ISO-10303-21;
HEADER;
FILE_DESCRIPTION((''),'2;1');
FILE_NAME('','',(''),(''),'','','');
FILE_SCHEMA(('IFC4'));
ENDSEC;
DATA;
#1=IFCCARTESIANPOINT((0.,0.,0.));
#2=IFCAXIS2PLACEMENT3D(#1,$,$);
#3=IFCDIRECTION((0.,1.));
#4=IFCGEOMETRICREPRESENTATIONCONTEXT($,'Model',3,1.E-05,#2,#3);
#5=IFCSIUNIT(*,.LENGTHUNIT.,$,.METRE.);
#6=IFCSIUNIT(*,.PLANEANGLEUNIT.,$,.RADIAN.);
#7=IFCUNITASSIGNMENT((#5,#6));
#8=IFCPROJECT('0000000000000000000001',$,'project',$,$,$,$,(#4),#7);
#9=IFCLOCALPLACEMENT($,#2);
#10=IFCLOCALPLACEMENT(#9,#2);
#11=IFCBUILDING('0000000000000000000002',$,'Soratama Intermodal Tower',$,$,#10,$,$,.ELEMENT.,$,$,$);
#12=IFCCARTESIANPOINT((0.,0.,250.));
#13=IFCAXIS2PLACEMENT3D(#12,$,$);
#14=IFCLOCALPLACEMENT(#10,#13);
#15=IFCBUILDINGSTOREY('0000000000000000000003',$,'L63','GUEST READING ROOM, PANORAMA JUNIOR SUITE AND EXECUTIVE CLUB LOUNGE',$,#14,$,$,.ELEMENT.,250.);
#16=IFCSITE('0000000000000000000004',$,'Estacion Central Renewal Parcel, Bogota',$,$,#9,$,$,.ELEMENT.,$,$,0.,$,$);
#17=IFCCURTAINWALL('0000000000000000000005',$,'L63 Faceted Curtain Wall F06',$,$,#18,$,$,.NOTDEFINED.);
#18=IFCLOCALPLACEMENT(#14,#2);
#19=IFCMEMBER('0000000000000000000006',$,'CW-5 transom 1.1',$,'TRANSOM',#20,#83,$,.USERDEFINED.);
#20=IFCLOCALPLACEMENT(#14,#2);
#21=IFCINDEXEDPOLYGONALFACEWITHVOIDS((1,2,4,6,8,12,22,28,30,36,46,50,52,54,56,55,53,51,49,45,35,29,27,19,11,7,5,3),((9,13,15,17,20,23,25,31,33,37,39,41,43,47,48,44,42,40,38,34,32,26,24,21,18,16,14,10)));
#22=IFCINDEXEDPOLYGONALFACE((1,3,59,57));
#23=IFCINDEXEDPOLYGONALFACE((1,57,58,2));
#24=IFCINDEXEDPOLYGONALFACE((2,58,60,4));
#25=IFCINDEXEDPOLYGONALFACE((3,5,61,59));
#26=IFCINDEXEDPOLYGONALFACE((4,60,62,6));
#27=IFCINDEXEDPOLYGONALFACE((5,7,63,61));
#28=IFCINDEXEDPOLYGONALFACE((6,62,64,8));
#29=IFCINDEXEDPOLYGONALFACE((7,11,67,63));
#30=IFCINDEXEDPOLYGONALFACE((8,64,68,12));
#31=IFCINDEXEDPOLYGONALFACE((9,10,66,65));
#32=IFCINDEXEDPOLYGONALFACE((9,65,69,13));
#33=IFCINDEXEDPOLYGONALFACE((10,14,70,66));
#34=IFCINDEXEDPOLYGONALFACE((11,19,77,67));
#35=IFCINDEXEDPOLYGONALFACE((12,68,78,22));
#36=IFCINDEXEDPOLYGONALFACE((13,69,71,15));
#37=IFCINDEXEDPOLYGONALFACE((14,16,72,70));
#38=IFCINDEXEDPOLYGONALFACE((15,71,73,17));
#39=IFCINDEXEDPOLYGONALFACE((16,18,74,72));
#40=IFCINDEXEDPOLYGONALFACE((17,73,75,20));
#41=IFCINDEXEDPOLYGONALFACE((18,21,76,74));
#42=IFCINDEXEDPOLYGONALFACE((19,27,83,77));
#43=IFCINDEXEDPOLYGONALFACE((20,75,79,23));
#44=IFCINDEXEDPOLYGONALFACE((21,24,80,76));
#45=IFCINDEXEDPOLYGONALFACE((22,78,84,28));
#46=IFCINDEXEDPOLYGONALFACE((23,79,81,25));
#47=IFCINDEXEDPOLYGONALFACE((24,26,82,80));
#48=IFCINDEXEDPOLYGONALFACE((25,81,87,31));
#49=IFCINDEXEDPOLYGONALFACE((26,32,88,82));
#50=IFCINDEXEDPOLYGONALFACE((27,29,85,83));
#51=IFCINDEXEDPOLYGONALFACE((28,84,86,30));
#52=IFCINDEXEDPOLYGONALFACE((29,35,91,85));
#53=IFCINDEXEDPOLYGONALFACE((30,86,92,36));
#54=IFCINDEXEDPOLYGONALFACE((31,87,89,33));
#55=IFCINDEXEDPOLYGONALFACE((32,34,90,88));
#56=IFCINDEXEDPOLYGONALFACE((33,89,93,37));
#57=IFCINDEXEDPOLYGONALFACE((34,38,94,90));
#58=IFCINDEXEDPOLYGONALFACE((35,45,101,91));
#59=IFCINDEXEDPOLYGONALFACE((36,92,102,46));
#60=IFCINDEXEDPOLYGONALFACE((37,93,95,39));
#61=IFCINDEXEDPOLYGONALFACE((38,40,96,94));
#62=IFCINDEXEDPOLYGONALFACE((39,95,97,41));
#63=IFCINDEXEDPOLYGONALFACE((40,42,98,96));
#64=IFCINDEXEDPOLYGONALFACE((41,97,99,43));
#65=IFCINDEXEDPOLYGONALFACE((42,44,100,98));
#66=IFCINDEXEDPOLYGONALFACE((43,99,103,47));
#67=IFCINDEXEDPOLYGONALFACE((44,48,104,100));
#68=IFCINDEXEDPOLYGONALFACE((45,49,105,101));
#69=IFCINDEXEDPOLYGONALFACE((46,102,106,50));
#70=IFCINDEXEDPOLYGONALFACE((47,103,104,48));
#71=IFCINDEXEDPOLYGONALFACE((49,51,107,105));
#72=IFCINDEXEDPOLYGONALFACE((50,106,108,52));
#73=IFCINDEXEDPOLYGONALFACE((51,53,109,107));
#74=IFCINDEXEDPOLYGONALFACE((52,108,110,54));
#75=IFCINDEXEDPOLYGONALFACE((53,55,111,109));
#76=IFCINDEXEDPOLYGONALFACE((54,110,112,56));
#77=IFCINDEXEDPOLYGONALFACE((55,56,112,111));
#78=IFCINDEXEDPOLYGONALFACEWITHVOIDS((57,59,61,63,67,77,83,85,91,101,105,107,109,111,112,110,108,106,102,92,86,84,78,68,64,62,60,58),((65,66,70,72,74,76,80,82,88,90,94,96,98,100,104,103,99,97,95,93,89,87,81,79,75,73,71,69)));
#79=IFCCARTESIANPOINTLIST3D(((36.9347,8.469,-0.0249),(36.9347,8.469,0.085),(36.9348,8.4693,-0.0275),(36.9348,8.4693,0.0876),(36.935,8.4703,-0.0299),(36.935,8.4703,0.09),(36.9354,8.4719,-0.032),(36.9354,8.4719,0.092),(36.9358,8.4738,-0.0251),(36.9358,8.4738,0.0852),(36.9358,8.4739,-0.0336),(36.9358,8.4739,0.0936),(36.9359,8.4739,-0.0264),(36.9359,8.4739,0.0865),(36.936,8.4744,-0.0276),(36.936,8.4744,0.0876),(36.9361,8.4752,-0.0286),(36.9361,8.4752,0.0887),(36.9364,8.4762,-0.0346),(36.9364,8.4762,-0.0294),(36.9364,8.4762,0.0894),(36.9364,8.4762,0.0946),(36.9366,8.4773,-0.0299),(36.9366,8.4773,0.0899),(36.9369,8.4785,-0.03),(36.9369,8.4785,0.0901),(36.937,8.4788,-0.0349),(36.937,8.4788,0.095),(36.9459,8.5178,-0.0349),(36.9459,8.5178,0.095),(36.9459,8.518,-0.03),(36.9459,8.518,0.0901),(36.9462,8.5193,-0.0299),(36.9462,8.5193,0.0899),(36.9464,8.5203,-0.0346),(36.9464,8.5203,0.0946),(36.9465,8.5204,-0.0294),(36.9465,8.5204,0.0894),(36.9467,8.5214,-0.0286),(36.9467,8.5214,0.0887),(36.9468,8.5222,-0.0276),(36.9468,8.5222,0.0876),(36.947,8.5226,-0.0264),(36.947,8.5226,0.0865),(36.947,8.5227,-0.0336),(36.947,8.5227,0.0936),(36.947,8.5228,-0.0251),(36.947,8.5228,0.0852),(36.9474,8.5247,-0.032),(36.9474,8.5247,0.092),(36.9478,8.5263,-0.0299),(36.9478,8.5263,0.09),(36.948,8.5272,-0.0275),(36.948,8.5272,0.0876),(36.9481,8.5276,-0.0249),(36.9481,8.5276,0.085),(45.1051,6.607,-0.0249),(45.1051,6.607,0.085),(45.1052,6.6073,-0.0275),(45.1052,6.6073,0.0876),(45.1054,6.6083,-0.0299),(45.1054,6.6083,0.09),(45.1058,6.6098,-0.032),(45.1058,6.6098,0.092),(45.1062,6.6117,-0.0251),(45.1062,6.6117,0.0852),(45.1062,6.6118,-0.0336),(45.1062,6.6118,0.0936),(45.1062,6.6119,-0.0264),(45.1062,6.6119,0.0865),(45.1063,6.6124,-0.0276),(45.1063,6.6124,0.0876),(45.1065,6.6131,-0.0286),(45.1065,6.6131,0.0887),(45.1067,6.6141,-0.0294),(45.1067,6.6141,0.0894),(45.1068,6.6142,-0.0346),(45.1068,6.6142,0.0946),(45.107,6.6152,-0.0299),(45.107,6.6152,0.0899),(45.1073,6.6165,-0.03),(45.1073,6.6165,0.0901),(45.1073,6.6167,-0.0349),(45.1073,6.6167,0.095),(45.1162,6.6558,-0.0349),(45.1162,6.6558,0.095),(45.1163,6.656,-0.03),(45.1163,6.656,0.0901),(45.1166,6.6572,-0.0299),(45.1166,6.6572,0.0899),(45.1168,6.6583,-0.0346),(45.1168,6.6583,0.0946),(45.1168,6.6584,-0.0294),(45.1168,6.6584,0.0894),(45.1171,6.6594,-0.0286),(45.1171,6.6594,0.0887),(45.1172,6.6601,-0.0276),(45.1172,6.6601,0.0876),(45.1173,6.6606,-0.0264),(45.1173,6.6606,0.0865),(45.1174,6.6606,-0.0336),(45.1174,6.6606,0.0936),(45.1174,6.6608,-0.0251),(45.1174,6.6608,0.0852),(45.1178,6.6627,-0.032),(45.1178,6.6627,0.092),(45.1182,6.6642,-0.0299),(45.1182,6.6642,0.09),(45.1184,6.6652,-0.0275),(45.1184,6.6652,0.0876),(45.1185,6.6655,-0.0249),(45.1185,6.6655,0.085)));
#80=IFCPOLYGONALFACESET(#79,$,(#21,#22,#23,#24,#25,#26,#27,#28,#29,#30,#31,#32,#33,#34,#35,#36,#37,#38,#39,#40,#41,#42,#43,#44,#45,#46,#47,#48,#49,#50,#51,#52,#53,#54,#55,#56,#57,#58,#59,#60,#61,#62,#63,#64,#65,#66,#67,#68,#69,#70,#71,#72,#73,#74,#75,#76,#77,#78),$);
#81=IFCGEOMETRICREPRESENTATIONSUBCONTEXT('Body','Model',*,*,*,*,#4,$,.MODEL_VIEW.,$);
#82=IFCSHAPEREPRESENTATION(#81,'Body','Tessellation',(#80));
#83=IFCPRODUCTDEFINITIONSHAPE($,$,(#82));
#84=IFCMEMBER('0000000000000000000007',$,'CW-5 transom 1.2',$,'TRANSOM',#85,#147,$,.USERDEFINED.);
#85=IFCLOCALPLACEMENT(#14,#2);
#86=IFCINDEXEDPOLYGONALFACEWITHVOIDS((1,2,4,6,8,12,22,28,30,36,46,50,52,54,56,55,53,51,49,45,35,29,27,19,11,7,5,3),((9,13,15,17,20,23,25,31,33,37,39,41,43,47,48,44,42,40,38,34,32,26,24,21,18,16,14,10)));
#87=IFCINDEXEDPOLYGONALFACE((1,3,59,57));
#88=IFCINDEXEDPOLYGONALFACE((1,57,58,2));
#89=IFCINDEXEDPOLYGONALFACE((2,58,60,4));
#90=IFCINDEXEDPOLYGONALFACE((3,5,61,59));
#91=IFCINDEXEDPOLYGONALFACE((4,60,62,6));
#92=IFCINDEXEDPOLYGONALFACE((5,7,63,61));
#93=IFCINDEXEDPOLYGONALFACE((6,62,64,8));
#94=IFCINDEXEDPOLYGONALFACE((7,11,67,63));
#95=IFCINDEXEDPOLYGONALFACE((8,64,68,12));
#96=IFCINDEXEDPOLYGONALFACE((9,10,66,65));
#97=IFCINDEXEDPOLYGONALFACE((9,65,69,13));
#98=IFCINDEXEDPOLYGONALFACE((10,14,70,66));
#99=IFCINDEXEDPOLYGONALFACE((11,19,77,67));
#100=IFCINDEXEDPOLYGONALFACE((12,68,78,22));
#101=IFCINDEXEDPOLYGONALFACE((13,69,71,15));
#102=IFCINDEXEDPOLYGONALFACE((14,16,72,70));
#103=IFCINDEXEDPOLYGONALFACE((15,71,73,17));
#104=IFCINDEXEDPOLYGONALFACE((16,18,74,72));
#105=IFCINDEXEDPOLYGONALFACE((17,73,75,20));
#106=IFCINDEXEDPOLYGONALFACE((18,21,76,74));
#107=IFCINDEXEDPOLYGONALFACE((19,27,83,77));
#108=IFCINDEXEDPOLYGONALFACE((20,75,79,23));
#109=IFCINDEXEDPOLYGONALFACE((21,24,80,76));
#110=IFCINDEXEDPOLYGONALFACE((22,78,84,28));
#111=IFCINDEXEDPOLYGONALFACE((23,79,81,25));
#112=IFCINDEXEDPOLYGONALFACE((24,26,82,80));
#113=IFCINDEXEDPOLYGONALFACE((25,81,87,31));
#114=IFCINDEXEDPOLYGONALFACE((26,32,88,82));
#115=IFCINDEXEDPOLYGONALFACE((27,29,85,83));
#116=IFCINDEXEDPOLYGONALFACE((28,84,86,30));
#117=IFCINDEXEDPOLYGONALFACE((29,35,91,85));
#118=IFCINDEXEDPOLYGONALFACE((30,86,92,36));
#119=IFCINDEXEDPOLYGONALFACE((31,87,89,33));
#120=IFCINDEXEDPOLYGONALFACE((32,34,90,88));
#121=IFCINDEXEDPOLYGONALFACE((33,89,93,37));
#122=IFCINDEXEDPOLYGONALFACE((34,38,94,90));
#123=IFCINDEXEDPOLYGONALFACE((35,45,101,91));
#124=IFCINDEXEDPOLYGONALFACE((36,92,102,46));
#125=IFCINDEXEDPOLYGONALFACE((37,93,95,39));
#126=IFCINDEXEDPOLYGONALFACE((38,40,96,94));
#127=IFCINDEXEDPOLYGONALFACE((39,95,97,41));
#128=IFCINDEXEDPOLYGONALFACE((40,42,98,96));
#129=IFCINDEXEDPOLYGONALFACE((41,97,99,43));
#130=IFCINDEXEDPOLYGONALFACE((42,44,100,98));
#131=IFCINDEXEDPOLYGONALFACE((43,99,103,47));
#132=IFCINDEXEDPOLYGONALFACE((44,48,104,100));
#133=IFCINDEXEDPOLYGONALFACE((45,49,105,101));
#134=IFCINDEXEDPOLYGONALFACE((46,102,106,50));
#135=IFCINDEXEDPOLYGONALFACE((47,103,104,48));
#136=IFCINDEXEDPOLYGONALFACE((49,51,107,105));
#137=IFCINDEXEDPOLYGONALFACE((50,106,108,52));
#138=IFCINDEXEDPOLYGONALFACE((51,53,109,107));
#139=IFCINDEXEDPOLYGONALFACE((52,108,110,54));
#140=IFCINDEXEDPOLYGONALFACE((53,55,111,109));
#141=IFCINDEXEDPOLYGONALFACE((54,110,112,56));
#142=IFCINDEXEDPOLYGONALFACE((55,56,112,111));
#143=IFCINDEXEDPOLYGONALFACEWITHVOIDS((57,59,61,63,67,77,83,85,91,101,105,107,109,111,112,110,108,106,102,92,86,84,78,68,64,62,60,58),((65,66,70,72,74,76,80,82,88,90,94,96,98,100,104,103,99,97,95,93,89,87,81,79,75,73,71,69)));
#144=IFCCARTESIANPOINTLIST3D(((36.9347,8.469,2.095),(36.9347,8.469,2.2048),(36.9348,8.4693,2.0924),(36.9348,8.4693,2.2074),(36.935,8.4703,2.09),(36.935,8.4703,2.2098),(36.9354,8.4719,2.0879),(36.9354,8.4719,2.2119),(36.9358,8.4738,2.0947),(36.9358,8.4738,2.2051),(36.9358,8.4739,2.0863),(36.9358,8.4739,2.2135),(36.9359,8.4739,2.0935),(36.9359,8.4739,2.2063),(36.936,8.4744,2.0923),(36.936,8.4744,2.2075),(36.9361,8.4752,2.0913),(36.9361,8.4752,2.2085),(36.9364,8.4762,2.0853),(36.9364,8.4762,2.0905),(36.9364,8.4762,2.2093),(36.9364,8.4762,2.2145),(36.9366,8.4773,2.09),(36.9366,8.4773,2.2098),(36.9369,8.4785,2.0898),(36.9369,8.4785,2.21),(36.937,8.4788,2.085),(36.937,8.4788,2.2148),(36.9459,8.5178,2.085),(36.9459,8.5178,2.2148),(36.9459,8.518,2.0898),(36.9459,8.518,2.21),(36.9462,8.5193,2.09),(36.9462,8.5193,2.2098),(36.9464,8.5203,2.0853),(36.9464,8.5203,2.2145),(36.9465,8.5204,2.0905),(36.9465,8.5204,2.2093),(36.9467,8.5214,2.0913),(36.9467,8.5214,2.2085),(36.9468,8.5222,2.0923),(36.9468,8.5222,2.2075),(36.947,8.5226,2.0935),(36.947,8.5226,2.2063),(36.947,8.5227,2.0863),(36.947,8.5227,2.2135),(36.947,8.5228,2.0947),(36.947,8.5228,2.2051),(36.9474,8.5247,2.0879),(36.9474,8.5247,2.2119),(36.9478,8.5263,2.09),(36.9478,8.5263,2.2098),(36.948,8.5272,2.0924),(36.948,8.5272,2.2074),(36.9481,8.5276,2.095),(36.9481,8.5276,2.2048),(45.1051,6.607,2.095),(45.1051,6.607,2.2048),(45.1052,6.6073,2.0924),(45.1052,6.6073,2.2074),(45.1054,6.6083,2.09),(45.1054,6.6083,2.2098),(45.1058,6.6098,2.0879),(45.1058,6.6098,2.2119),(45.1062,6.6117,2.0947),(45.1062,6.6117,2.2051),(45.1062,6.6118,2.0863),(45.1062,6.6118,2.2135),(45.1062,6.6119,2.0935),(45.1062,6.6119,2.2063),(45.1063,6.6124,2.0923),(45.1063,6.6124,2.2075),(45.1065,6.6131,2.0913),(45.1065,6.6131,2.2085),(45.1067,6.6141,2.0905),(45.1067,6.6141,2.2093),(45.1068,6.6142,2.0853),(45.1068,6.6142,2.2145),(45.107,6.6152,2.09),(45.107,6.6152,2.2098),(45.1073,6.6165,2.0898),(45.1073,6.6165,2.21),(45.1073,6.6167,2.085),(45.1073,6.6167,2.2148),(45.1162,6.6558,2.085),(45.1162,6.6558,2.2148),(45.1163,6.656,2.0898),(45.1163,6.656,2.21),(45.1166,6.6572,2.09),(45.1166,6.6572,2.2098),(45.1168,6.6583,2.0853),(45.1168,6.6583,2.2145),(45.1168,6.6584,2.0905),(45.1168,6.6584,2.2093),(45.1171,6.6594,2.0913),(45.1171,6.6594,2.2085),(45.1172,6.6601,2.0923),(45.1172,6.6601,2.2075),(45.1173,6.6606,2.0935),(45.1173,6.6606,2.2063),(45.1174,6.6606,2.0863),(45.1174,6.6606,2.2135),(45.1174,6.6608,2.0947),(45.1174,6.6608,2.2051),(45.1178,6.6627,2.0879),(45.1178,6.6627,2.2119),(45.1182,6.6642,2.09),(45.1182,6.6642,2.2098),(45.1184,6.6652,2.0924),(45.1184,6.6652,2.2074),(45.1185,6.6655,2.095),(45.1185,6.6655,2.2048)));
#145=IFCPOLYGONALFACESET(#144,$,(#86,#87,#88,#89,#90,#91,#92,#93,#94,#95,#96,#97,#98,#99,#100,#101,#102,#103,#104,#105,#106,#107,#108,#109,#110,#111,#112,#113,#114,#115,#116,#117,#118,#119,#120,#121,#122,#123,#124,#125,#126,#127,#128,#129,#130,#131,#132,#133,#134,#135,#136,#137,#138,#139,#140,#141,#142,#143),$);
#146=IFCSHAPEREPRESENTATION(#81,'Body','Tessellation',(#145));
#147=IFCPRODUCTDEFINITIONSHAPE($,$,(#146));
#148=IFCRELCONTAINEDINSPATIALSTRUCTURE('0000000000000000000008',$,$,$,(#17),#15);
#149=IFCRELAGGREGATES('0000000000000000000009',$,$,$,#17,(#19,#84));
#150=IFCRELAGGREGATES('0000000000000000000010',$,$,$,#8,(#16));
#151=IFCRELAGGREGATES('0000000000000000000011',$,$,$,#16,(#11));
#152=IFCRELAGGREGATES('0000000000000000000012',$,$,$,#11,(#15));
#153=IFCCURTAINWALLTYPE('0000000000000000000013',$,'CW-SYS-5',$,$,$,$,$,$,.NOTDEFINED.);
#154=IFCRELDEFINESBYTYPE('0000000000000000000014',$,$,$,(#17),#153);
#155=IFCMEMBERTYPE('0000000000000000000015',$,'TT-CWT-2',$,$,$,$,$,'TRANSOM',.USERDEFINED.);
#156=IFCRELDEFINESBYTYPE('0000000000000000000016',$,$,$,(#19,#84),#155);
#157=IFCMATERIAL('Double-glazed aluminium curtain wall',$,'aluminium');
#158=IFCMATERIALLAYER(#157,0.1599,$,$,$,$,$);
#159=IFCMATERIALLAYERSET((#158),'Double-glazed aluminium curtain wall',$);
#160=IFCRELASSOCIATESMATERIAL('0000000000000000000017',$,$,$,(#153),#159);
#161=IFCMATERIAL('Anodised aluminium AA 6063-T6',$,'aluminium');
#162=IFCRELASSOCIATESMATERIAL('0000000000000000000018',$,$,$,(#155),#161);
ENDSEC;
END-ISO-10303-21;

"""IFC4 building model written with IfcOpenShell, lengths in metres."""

from ifc_helpers import new_model, si_unit, direction, frame, origin, origin_2d, place, context, subcontext, project, spatial, hollow_rectangle, extrude, material, layer, layer_set, material_profile, profile_set, type_object, element, aggregate, save


model = new_model("IFC4")

# Units and contexts
model_context = context("Model", 3, precision=1e-05, world=origin(), true_north=direction((0.0, 1.0)))
body_context = subcontext(model_context, "Body", "Model", "MODEL_VIEW")
ifc_project = project(units=[si_unit("LENGTHUNIT", "METRE"), si_unit("PLANEANGLEUNIT", "RADIAN")], contexts=[model_context])

# Site, building, storey
site_placement = place(None, origin())
site = spatial("IfcSite", under=ifc_project, at=site_placement, Name="Estacion Central Renewal Parcel, Bogota", CompositionType="ELEMENT", RefElevation=0.0)
building_placement = place(site_placement, origin())
building = spatial("IfcBuilding", under=site, at=building_placement, Name="Soratama Intermodal Tower", CompositionType="ELEMENT")
storey_placement = place(building_placement, frame((0.0, 0.0, 250.0)))
storey = spatial("IfcBuildingStorey", under=building, at=storey_placement, Name="L63", Description="GUEST READING ROOM, PANORAMA JUNIOR SUITE AND EXECUTIVE CLUB LOUNGE", CompositionType="ELEMENT", Elevation=250.0)

# Shared definitions
ifc_material_1 = material(Name="Double-glazed aluminium curtain wall", Category="aluminium")
ifc_layer_1 = layer(ifc_material_1, 0.1599)
ifc_layer_set_1 = layer_set([ifc_layer_1], Name="Double-glazed aluminium curtain wall")
curtain_wall_type = type_object("IfcCurtainWallType", Name="CW-SYS-5", PredefinedType="NOTDEFINED", material=ifc_layer_set_1)

# Curtain wall, members
curtain_wall_1_placement = place(storey_placement, origin())
curtain_wall_1 = element("IfcCurtainWall", 1, at=curtain_wall_1_placement, inside=storey, type_object=curtain_wall_type, Name="L63 Faceted Curtain Wall F06", PredefinedType="NOTDEFINED")
ifc_material_2 = material(Name="Anodised aluminium AA 6063-T6", Category="aluminium")
ifc_material_profile_1 = material_profile(ifc_material_2, hollow_rectangle(XDim=0.0601, YDim=0.1299, WallThickness=0.0049, InnerFilletRadius=0.0049, OuterFilletRadius=0.01, at=origin_2d()), Name="CWT130X60X5")
ifc_profile_set_1 = profile_set([ifc_material_profile_1], Name="Anodised aluminium AA 6063-T6")
member_type_1 = type_object("IfcMemberType", Name="TT-CWT-2", ElementType="TRANSOM", PredefinedType="USERDEFINED", material=ifc_profile_set_1)
member_1_placement = place(storey_placement, frame((36.9414, 8.4983, 0.03), z_axis=(0.975, -0.222205, 0.0), x_axis=(0.222205, 0.975, 0.0)))
member_1 = element("IfcMember", 2, at=member_1_placement, type_object=member_type_1, Name="CW-5 transom 1.1", ObjectType="TRANSOM", PredefinedType="USERDEFINED", context=body_context, shape_type="SweptSolid", body=[
    extrude(hollow_rectangle(XDim=0.0601, YDim=0.1299, WallThickness=0.0049, InnerFilletRadius=0.0049, OuterFilletRadius=0.01, at=origin_2d()), origin(), (0.0, 0.0, 1.0), 8.3799),
])
member_2_placement = place(storey_placement, frame((36.9414, 8.4983, 2.1499), z_axis=(0.975, -0.222205, 0.0), x_axis=(0.222205, 0.975, 0.0)))
member_2 = element("IfcMember", 3, at=member_2_placement, type_object=member_type_1, Name="CW-5 transom 1.2", ObjectType="TRANSOM", PredefinedType="USERDEFINED", context=body_context, shape_type="SweptSolid", body=[
    extrude(hollow_rectangle(XDim=0.0601, YDim=0.1299, WallThickness=0.0049, InnerFilletRadius=0.0049, OuterFilletRadius=0.01, at=origin_2d()), origin(), (0.0, 0.0, 1.0), 8.3799),
])
aggregate(curtain_wall_1, [member_1, member_2])

save(model, "model.ifc")
